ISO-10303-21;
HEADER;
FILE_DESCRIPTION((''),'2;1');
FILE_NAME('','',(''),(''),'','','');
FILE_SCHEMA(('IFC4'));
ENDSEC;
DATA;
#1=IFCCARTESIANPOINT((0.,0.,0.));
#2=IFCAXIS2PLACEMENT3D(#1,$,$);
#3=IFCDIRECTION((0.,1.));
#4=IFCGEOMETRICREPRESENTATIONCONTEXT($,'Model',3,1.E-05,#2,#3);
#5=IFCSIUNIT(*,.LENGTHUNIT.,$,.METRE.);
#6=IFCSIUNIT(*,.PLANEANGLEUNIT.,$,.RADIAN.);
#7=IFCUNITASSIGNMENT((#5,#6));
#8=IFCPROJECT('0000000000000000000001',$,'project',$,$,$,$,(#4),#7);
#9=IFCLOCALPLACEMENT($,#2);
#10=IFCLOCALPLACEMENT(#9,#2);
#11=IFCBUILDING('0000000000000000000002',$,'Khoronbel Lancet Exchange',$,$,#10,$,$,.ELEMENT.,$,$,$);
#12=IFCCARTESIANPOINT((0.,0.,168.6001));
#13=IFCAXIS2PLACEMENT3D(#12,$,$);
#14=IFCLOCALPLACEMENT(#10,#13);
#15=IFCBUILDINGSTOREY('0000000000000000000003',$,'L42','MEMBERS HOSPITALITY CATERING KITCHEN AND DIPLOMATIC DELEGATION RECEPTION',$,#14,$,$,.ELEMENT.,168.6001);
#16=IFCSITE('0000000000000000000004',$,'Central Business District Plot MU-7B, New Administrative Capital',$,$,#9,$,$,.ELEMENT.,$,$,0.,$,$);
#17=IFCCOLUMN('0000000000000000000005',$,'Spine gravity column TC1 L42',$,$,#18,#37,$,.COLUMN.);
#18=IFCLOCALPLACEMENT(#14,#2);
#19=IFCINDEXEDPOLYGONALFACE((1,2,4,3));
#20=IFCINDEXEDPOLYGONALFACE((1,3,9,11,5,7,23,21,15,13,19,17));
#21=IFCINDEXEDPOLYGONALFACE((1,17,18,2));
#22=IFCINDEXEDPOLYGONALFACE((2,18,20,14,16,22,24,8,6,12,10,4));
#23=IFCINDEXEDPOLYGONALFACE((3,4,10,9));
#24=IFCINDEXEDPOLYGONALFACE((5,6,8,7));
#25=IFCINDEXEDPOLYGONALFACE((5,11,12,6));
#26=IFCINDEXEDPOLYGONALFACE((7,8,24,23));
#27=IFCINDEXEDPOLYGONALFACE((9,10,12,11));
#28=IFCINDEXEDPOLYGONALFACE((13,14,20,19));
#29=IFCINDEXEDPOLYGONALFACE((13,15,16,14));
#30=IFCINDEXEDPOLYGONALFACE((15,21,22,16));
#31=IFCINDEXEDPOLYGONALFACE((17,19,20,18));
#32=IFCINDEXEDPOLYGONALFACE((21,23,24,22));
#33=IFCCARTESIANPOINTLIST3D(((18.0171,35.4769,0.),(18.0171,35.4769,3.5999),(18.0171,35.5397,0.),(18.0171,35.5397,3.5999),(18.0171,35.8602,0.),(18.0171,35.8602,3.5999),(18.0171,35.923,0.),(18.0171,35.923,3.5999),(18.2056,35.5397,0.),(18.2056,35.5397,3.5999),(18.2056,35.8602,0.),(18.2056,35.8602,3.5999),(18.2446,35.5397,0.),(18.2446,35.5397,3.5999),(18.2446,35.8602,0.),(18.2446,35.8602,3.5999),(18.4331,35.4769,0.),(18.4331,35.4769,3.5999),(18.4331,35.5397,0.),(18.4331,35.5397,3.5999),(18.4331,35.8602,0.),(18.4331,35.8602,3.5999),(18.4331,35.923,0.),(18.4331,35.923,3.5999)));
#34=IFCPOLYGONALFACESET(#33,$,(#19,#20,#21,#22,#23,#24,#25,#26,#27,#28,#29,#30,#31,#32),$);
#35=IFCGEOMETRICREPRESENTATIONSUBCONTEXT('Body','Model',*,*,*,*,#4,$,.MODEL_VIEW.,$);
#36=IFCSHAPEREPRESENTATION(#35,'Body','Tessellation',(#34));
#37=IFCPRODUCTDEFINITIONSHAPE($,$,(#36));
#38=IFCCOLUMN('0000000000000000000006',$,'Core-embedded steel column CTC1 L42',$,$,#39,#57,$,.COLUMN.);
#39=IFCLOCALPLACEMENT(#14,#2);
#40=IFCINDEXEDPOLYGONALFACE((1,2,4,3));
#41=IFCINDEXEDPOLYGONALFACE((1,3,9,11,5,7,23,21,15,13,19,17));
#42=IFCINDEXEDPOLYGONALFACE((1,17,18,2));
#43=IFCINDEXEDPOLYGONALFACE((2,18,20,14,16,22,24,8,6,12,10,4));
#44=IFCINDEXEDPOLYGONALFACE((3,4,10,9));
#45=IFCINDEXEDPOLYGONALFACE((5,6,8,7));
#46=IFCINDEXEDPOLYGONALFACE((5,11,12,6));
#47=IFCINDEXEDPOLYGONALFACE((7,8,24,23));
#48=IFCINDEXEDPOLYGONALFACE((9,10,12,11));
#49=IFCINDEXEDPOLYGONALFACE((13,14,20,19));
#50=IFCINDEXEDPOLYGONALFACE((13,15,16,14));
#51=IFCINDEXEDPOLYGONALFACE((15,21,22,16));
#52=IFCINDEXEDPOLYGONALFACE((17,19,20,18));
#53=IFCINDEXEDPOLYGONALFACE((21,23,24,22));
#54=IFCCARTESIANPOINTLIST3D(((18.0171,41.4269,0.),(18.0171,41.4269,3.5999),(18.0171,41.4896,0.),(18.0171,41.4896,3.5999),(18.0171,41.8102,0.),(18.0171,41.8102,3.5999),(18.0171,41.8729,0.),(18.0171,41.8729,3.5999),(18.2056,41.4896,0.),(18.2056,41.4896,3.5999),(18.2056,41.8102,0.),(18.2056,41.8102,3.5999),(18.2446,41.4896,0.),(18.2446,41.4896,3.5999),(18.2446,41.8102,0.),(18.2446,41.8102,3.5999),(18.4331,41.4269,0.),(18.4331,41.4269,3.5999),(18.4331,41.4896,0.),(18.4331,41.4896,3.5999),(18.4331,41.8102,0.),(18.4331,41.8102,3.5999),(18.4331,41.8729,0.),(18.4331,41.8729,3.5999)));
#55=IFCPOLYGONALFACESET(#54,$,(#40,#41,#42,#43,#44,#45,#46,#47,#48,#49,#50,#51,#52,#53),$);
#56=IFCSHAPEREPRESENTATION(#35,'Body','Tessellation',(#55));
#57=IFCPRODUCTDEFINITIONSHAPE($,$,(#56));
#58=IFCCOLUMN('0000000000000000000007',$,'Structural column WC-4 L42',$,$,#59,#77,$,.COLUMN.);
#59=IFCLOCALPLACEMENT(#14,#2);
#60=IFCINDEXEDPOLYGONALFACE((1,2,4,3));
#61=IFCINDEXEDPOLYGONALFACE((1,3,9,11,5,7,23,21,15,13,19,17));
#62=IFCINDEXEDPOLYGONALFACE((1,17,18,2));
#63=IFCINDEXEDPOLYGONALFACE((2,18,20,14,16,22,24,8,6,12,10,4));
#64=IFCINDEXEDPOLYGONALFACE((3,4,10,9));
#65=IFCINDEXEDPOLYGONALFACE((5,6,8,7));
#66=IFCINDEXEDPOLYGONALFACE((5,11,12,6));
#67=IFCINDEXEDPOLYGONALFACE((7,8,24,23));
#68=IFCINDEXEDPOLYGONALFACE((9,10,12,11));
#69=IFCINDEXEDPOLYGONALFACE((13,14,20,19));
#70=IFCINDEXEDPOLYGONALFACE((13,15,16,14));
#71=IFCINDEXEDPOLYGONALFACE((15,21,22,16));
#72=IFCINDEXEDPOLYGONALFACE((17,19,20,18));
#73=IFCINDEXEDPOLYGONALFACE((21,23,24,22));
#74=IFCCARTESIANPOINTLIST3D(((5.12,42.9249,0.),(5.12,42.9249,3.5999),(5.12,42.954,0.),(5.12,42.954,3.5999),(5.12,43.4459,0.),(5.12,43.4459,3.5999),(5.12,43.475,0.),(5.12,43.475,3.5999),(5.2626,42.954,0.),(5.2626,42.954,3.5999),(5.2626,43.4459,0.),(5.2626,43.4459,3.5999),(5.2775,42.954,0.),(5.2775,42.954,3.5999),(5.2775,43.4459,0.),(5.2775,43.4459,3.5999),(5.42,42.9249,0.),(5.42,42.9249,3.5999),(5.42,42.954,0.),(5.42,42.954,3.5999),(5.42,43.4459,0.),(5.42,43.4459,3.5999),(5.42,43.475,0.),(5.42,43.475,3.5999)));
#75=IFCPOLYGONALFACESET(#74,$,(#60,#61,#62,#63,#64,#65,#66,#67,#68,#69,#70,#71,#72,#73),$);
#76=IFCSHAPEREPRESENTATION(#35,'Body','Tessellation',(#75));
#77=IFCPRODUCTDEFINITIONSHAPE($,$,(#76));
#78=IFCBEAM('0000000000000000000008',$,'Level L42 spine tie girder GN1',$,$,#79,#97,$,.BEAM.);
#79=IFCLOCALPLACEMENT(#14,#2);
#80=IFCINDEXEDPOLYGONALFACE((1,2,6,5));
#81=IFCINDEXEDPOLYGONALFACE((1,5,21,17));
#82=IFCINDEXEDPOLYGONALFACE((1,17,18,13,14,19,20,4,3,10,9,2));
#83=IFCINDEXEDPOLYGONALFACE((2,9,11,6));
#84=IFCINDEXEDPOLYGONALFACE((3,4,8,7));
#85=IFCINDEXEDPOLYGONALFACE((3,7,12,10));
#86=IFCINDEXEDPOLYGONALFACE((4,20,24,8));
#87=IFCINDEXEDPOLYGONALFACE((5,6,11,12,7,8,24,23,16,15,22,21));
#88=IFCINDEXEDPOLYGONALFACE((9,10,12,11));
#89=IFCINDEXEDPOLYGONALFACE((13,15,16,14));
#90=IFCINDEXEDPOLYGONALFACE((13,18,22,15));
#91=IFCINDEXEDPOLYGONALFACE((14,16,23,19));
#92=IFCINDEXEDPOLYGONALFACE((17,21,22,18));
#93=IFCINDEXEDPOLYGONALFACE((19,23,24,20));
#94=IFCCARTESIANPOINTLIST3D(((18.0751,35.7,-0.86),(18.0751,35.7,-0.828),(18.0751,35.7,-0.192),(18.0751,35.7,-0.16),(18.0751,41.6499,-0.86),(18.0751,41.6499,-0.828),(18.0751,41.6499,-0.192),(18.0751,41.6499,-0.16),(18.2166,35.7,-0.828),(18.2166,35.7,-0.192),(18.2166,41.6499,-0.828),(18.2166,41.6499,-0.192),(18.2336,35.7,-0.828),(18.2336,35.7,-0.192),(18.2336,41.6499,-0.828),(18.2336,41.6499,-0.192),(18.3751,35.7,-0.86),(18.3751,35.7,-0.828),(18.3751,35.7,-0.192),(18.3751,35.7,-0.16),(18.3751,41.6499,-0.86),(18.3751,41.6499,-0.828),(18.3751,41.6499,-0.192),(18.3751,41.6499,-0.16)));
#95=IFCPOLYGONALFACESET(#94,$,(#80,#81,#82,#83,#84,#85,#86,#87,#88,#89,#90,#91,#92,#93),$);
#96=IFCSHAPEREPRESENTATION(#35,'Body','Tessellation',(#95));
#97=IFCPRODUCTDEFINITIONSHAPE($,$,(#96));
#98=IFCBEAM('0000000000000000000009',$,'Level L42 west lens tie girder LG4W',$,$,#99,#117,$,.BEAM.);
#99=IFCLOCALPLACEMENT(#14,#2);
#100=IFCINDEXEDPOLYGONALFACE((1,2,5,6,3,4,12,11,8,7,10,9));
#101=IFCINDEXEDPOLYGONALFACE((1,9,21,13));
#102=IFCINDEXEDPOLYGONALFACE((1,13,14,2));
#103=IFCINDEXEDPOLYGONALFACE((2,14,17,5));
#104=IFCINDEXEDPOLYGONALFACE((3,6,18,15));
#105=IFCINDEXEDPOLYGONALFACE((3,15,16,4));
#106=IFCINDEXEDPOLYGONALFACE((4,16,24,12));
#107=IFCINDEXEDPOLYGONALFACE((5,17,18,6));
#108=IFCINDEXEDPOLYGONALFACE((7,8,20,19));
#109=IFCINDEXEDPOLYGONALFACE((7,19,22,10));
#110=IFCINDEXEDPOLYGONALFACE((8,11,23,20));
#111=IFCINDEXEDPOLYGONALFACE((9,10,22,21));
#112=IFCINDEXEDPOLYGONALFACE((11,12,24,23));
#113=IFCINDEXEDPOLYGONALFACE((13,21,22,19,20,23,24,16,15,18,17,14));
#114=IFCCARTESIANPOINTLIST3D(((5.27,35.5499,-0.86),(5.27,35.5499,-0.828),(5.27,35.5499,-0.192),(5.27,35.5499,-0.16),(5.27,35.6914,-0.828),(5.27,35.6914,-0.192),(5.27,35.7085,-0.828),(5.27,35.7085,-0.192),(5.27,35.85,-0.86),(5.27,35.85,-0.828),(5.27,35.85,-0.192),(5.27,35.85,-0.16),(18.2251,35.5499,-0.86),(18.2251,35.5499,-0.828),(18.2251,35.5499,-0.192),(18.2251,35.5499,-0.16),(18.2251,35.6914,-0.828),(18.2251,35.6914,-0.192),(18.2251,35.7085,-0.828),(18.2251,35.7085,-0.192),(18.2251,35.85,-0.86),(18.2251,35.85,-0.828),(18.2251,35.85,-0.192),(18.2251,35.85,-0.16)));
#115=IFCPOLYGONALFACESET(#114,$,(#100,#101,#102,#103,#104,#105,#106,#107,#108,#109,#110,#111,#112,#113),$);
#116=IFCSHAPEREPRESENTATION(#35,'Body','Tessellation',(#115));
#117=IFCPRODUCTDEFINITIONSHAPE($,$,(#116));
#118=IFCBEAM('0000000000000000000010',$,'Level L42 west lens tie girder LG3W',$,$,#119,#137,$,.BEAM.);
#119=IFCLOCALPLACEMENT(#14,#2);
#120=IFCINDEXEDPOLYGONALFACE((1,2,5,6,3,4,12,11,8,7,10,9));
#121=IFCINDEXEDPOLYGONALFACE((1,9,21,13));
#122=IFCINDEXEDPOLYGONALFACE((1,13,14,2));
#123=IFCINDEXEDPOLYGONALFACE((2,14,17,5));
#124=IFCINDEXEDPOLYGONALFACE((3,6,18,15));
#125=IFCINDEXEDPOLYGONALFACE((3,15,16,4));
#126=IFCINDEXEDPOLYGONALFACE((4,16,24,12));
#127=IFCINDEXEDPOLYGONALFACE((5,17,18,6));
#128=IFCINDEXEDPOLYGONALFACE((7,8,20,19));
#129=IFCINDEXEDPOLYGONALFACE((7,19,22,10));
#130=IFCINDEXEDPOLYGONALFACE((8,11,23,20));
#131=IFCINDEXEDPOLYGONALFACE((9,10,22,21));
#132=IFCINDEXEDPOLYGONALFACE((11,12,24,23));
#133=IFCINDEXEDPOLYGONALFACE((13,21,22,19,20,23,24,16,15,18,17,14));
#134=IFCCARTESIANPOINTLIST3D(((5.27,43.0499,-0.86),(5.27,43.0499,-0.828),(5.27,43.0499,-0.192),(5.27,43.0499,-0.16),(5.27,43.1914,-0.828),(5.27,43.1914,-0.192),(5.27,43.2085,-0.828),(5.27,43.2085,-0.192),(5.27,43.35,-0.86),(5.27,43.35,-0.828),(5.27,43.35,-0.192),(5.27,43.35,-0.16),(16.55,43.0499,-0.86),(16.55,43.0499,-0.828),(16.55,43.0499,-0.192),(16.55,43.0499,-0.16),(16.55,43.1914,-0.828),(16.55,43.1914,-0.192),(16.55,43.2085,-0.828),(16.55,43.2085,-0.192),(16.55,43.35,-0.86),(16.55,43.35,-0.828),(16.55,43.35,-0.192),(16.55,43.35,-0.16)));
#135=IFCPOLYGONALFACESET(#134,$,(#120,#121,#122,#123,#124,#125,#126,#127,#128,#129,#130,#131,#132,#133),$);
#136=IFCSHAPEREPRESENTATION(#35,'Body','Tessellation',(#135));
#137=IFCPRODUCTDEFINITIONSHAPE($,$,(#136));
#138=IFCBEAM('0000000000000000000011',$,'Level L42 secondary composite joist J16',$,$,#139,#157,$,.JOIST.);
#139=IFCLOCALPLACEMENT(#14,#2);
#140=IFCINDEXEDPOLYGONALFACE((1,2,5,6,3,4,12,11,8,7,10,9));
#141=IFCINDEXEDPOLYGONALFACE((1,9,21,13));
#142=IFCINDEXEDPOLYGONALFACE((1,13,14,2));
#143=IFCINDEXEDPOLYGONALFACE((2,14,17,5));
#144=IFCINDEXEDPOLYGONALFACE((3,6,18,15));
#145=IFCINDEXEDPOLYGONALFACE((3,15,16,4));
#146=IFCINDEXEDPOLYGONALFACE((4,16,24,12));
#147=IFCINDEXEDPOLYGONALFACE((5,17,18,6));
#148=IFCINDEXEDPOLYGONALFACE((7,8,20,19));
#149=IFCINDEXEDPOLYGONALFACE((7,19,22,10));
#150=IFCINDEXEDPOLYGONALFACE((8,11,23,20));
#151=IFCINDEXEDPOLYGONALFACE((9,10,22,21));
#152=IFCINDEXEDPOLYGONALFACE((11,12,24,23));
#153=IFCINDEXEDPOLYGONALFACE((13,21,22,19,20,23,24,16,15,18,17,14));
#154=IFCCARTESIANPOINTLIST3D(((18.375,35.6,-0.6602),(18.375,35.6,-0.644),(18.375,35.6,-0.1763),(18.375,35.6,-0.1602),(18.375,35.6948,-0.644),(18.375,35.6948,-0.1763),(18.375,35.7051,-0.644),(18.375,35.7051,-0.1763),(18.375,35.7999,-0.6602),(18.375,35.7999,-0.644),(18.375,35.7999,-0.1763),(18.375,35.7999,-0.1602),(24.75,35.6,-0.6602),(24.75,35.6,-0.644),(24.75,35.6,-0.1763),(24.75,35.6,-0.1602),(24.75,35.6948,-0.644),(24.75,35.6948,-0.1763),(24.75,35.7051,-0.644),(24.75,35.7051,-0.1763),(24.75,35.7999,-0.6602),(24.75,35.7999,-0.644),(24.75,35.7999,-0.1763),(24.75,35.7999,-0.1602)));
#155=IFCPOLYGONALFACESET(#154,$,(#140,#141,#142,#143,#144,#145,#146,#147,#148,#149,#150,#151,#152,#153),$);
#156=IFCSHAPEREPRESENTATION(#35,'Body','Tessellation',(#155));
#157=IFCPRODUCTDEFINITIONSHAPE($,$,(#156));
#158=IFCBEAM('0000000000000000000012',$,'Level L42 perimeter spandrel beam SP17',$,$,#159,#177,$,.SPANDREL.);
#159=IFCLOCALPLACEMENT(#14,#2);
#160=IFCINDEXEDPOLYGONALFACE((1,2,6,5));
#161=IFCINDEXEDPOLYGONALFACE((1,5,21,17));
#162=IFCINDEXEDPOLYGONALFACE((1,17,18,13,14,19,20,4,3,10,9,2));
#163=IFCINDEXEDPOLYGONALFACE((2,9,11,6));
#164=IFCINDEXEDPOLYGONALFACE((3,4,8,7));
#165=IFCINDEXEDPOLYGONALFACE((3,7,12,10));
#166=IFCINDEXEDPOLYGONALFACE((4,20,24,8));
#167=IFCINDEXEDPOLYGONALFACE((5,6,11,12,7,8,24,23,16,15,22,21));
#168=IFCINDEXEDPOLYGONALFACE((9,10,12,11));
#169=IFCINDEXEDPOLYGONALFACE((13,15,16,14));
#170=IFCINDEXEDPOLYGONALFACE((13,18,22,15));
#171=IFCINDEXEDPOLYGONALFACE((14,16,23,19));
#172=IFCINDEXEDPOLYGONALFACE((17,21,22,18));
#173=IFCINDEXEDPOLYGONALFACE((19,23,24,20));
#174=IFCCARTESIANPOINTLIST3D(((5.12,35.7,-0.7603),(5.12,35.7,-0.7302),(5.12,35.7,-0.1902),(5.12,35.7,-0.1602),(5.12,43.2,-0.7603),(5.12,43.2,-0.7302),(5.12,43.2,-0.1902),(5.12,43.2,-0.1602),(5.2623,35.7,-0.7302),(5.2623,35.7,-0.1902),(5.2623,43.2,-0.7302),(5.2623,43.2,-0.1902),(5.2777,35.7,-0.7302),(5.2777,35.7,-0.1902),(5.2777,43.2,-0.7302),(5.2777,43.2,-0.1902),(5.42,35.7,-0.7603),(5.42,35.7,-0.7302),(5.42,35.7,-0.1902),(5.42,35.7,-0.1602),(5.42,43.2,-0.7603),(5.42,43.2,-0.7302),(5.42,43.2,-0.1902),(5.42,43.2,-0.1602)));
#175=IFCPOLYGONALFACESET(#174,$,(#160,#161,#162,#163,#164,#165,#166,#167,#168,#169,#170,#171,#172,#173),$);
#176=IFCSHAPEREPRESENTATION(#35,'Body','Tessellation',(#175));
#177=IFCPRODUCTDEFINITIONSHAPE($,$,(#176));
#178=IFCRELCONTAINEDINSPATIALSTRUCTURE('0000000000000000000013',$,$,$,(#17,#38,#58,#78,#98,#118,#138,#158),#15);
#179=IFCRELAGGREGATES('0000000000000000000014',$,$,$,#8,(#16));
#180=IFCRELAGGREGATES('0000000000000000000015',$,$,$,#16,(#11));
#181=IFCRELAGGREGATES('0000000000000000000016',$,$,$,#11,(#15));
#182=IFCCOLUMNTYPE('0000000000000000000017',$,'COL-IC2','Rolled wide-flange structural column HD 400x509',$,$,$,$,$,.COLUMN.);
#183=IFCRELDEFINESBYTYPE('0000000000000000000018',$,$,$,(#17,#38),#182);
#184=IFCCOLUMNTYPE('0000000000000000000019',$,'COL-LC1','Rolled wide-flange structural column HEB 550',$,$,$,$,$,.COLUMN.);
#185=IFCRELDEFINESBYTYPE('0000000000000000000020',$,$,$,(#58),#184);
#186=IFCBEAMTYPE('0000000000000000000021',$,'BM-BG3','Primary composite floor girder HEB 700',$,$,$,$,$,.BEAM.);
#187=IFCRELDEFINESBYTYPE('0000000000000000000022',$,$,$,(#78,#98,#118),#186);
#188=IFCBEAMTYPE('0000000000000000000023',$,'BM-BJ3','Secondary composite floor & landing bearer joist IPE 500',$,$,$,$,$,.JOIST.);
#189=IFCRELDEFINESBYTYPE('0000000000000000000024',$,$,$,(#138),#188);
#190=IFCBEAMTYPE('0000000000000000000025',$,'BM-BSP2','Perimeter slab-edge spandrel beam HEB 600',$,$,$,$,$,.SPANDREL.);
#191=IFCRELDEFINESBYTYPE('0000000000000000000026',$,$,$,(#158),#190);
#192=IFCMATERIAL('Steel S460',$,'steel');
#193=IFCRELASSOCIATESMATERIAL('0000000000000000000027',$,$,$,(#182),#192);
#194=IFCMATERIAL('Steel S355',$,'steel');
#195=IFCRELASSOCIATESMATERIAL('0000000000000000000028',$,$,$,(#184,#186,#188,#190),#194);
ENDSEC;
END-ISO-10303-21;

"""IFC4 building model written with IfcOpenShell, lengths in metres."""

from ifc_helpers import new_model, si_unit, direction, frame, origin, origin_2d, place, context, subcontext, project, spatial, i_section, extrude, material, material_profile, profile_set, type_object, element, save


model = new_model("IFC4")

# Units and contexts
model_context = context("Model", 3, precision=1e-05, world=origin(), true_north=direction((0.0, 1.0)))
body_context = subcontext(model_context, "Body", "Model", "MODEL_VIEW")
ifc_project = project(units=[si_unit("LENGTHUNIT", "METRE"), si_unit("PLANEANGLEUNIT", "RADIAN")], contexts=[model_context])

# Site, building, storey
site_placement = place(None, origin())
site = spatial("IfcSite", under=ifc_project, at=site_placement, Name="Central Business District Plot MU-7B, New Administrative Capital", CompositionType="ELEMENT", RefElevation=0.0)
building_placement = place(site_placement, origin())
building = spatial("IfcBuilding", under=site, at=building_placement, Name="Khoronbel Lancet Exchange", CompositionType="ELEMENT")
storey_placement = place(building_placement, frame((0.0, 0.0, 168.6001)))
storey = spatial("IfcBuildingStorey", under=building, at=storey_placement, Name="L42", Description="MEMBERS HOSPITALITY CATERING KITCHEN AND DIPLOMATIC DELEGATION RECEPTION", CompositionType="ELEMENT", Elevation=168.6001)

# Columns
ifc_material_1 = material(Name="Steel S460", Category="steel")
ifc_material_profile_1 = material_profile(ifc_material_1, i_section(OverallWidth=0.416, OverallDepth=0.446, WebThickness=0.0391, FlangeThickness=0.0627, at=origin_2d()), Name="HD 400x509")
ifc_profile_set_1 = profile_set([ifc_material_profile_1], Name="Steel S460")
column_type_1 = type_object("IfcColumnType", Name="COL-IC2", Description="Rolled wide-flange structural column HD 400x509", PredefinedType="COLUMN", material=ifc_profile_set_1)
for number, where, z_axis, x_axis, name in (
    (1, (18.2251, 35.7, 0.0), (0.0, 0.0, 1.0), (1.0, 0.0, 0.0), "Spine gravity column TC1 L42"),
    (2, (18.2251, 41.6499, 0.0), (0.0, 0.0, 1.0), (1.0, 0.0, 0.0), "Core-embedded steel column CTC1 L42"),
):
    element("IfcColumn", number, at=place(storey_placement, frame(where, z_axis=z_axis, x_axis=x_axis)), inside=storey, type_object=column_type_1, Name=name, PredefinedType="COLUMN", context=body_context, shape_type="SweptSolid", body=[
        extrude(i_section(OverallWidth=0.416, OverallDepth=0.446, WebThickness=0.0391, FlangeThickness=0.0627, at=origin_2d()), origin(), (0.0, 0.0, 1.0), 3.5999),
    ])
ifc_material_2 = material(Name="Steel S355", Category="steel")
ifc_material_profile_2 = material_profile(ifc_material_2, i_section(OverallWidth=0.3, OverallDepth=0.55, WebThickness=0.0149, FlangeThickness=0.0291, at=origin_2d()), Name="HEB 550")
ifc_profile_set_2 = profile_set([ifc_material_profile_2], Name="Steel S355")
column_type_2 = type_object("IfcColumnType", Name="COL-LC1", Description="Rolled wide-flange structural column HEB 550", PredefinedType="COLUMN", material=ifc_profile_set_2)
column_placement = place(storey_placement, frame((5.27, 43.2, 0.0), z_axis=(0.0, 0.0, 1.0), x_axis=(1.0, 0.0, 0.0)))
element("IfcColumn", 3, at=column_placement, inside=storey, type_object=column_type_2, Name="Structural column WC-4 L42", PredefinedType="COLUMN", context=body_context, shape_type="SweptSolid", body=[
    extrude(i_section(OverallWidth=0.3, OverallDepth=0.55, WebThickness=0.0149, FlangeThickness=0.0291, at=origin_2d()), origin(), (0.0, 0.0, 1.0), 3.5999),
])

# Beams
ifc_material_profile_3 = material_profile(ifc_material_2, i_section(OverallWidth=0.3, OverallDepth=0.7, WebThickness=0.0171, FlangeThickness=0.032, at=origin_2d()), Name="HEB 700")
ifc_profile_set_3 = profile_set([ifc_material_profile_3], Name="Steel S355")
beam_type_1 = type_object("IfcBeamType", Name="BM-BG3", Description="Primary composite floor girder HEB 700", PredefinedType="BEAM", material=ifc_profile_set_3)
beam_1_placement = place(storey_placement, frame((18.2251, 35.7, -0.51), z_axis=(0.0, 1.0, 0.0), x_axis=(-1.0, 0.0, 0.0)))
element("IfcBeam", 4, at=beam_1_placement, inside=storey, type_object=beam_type_1, Name="Level L42 spine tie girder GN1", PredefinedType="BEAM", context=body_context, shape_type="SweptSolid", body=[
    extrude(i_section(OverallWidth=0.3, OverallDepth=0.7, WebThickness=0.0171, FlangeThickness=0.032, at=origin_2d()), origin(), (0.0, 0.0, 1.0), 5.95),
])
beam_2_placement = place(storey_placement, frame((5.27, 35.7, -0.51), z_axis=(1.0, 0.0, 0.0), x_axis=(0.0, 1.0, 0.0)))
element("IfcBeam", 5, at=beam_2_placement, inside=storey, type_object=beam_type_1, Name="Level L42 west lens tie girder LG4W", PredefinedType="BEAM", context=body_context, shape_type="SweptSolid", body=[
    extrude(i_section(OverallWidth=0.3, OverallDepth=0.7, WebThickness=0.0171, FlangeThickness=0.032, at=origin_2d()), origin(), (0.0, 0.0, 1.0), 12.9551),
])
beam_3_placement = place(storey_placement, frame((5.27, 43.2, -0.51), z_axis=(1.0, 0.0, 0.0), x_axis=(0.0, 1.0, 0.0)))
element("IfcBeam", 6, at=beam_3_placement, inside=storey, type_object=beam_type_1, Name="Level L42 west lens tie girder LG3W", PredefinedType="BEAM", context=body_context, shape_type="SweptSolid", body=[
    extrude(i_section(OverallWidth=0.3, OverallDepth=0.7, WebThickness=0.0171, FlangeThickness=0.032, at=origin_2d()), origin(), (0.0, 0.0, 1.0), 11.28),
])
ifc_material_profile_4 = material_profile(ifc_material_2, i_section(OverallWidth=0.2, OverallDepth=0.5, WebThickness=0.0103, FlangeThickness=0.0161, at=origin_2d()), Name="IPE 500")
ifc_profile_set_4 = profile_set([ifc_material_profile_4], Name="Steel S355")
beam_type_2 = type_object("IfcBeamType", Name="BM-BJ3", Description="Secondary composite floor & landing bearer joist IPE 500", PredefinedType="JOIST", material=ifc_profile_set_4)
beam_4_placement = place(storey_placement, frame((18.375, 35.7, -0.4102), z_axis=(1.0, 0.0, 0.0), x_axis=(0.0, 1.0, 0.0)))
element("IfcBeam", 7, at=beam_4_placement, inside=storey, type_object=beam_type_2, Name="Level L42 secondary composite joist J16", PredefinedType="JOIST", context=body_context, shape_type="SweptSolid", body=[
    extrude(i_section(OverallWidth=0.2, OverallDepth=0.5, WebThickness=0.0103, FlangeThickness=0.0161, at=origin_2d()), origin(), (0.0, 0.0, 1.0), 6.375),
])
ifc_material_profile_5 = material_profile(ifc_material_2, i_section(OverallWidth=0.3, OverallDepth=0.6001, WebThickness=0.0154, FlangeThickness=0.03, at=origin_2d()), Name="HEB 600")
ifc_profile_set_5 = profile_set([ifc_material_profile_5], Name="Steel S355")
beam_type_3 = type_object("IfcBeamType", Name="BM-BSP2", Description="Perimeter slab-edge spandrel beam HEB 600", PredefinedType="SPANDREL", material=ifc_profile_set_5)
beam_5_placement = place(storey_placement, frame((5.27, 43.2, -0.4602), z_axis=(0.0, -1.0, 0.0), x_axis=(1.0, 0.0, 0.0)))
element("IfcBeam", 8, at=beam_5_placement, inside=storey, type_object=beam_type_3, Name="Level L42 perimeter spandrel beam SP17", PredefinedType="SPANDREL", context=body_context, shape_type="SweptSolid", body=[
    extrude(i_section(OverallWidth=0.3, OverallDepth=0.6001, WebThickness=0.0154, FlangeThickness=0.03, at=origin_2d()), origin(), (0.0, 0.0, 1.0), 7.5),
])

save(model, "model.ifc")
